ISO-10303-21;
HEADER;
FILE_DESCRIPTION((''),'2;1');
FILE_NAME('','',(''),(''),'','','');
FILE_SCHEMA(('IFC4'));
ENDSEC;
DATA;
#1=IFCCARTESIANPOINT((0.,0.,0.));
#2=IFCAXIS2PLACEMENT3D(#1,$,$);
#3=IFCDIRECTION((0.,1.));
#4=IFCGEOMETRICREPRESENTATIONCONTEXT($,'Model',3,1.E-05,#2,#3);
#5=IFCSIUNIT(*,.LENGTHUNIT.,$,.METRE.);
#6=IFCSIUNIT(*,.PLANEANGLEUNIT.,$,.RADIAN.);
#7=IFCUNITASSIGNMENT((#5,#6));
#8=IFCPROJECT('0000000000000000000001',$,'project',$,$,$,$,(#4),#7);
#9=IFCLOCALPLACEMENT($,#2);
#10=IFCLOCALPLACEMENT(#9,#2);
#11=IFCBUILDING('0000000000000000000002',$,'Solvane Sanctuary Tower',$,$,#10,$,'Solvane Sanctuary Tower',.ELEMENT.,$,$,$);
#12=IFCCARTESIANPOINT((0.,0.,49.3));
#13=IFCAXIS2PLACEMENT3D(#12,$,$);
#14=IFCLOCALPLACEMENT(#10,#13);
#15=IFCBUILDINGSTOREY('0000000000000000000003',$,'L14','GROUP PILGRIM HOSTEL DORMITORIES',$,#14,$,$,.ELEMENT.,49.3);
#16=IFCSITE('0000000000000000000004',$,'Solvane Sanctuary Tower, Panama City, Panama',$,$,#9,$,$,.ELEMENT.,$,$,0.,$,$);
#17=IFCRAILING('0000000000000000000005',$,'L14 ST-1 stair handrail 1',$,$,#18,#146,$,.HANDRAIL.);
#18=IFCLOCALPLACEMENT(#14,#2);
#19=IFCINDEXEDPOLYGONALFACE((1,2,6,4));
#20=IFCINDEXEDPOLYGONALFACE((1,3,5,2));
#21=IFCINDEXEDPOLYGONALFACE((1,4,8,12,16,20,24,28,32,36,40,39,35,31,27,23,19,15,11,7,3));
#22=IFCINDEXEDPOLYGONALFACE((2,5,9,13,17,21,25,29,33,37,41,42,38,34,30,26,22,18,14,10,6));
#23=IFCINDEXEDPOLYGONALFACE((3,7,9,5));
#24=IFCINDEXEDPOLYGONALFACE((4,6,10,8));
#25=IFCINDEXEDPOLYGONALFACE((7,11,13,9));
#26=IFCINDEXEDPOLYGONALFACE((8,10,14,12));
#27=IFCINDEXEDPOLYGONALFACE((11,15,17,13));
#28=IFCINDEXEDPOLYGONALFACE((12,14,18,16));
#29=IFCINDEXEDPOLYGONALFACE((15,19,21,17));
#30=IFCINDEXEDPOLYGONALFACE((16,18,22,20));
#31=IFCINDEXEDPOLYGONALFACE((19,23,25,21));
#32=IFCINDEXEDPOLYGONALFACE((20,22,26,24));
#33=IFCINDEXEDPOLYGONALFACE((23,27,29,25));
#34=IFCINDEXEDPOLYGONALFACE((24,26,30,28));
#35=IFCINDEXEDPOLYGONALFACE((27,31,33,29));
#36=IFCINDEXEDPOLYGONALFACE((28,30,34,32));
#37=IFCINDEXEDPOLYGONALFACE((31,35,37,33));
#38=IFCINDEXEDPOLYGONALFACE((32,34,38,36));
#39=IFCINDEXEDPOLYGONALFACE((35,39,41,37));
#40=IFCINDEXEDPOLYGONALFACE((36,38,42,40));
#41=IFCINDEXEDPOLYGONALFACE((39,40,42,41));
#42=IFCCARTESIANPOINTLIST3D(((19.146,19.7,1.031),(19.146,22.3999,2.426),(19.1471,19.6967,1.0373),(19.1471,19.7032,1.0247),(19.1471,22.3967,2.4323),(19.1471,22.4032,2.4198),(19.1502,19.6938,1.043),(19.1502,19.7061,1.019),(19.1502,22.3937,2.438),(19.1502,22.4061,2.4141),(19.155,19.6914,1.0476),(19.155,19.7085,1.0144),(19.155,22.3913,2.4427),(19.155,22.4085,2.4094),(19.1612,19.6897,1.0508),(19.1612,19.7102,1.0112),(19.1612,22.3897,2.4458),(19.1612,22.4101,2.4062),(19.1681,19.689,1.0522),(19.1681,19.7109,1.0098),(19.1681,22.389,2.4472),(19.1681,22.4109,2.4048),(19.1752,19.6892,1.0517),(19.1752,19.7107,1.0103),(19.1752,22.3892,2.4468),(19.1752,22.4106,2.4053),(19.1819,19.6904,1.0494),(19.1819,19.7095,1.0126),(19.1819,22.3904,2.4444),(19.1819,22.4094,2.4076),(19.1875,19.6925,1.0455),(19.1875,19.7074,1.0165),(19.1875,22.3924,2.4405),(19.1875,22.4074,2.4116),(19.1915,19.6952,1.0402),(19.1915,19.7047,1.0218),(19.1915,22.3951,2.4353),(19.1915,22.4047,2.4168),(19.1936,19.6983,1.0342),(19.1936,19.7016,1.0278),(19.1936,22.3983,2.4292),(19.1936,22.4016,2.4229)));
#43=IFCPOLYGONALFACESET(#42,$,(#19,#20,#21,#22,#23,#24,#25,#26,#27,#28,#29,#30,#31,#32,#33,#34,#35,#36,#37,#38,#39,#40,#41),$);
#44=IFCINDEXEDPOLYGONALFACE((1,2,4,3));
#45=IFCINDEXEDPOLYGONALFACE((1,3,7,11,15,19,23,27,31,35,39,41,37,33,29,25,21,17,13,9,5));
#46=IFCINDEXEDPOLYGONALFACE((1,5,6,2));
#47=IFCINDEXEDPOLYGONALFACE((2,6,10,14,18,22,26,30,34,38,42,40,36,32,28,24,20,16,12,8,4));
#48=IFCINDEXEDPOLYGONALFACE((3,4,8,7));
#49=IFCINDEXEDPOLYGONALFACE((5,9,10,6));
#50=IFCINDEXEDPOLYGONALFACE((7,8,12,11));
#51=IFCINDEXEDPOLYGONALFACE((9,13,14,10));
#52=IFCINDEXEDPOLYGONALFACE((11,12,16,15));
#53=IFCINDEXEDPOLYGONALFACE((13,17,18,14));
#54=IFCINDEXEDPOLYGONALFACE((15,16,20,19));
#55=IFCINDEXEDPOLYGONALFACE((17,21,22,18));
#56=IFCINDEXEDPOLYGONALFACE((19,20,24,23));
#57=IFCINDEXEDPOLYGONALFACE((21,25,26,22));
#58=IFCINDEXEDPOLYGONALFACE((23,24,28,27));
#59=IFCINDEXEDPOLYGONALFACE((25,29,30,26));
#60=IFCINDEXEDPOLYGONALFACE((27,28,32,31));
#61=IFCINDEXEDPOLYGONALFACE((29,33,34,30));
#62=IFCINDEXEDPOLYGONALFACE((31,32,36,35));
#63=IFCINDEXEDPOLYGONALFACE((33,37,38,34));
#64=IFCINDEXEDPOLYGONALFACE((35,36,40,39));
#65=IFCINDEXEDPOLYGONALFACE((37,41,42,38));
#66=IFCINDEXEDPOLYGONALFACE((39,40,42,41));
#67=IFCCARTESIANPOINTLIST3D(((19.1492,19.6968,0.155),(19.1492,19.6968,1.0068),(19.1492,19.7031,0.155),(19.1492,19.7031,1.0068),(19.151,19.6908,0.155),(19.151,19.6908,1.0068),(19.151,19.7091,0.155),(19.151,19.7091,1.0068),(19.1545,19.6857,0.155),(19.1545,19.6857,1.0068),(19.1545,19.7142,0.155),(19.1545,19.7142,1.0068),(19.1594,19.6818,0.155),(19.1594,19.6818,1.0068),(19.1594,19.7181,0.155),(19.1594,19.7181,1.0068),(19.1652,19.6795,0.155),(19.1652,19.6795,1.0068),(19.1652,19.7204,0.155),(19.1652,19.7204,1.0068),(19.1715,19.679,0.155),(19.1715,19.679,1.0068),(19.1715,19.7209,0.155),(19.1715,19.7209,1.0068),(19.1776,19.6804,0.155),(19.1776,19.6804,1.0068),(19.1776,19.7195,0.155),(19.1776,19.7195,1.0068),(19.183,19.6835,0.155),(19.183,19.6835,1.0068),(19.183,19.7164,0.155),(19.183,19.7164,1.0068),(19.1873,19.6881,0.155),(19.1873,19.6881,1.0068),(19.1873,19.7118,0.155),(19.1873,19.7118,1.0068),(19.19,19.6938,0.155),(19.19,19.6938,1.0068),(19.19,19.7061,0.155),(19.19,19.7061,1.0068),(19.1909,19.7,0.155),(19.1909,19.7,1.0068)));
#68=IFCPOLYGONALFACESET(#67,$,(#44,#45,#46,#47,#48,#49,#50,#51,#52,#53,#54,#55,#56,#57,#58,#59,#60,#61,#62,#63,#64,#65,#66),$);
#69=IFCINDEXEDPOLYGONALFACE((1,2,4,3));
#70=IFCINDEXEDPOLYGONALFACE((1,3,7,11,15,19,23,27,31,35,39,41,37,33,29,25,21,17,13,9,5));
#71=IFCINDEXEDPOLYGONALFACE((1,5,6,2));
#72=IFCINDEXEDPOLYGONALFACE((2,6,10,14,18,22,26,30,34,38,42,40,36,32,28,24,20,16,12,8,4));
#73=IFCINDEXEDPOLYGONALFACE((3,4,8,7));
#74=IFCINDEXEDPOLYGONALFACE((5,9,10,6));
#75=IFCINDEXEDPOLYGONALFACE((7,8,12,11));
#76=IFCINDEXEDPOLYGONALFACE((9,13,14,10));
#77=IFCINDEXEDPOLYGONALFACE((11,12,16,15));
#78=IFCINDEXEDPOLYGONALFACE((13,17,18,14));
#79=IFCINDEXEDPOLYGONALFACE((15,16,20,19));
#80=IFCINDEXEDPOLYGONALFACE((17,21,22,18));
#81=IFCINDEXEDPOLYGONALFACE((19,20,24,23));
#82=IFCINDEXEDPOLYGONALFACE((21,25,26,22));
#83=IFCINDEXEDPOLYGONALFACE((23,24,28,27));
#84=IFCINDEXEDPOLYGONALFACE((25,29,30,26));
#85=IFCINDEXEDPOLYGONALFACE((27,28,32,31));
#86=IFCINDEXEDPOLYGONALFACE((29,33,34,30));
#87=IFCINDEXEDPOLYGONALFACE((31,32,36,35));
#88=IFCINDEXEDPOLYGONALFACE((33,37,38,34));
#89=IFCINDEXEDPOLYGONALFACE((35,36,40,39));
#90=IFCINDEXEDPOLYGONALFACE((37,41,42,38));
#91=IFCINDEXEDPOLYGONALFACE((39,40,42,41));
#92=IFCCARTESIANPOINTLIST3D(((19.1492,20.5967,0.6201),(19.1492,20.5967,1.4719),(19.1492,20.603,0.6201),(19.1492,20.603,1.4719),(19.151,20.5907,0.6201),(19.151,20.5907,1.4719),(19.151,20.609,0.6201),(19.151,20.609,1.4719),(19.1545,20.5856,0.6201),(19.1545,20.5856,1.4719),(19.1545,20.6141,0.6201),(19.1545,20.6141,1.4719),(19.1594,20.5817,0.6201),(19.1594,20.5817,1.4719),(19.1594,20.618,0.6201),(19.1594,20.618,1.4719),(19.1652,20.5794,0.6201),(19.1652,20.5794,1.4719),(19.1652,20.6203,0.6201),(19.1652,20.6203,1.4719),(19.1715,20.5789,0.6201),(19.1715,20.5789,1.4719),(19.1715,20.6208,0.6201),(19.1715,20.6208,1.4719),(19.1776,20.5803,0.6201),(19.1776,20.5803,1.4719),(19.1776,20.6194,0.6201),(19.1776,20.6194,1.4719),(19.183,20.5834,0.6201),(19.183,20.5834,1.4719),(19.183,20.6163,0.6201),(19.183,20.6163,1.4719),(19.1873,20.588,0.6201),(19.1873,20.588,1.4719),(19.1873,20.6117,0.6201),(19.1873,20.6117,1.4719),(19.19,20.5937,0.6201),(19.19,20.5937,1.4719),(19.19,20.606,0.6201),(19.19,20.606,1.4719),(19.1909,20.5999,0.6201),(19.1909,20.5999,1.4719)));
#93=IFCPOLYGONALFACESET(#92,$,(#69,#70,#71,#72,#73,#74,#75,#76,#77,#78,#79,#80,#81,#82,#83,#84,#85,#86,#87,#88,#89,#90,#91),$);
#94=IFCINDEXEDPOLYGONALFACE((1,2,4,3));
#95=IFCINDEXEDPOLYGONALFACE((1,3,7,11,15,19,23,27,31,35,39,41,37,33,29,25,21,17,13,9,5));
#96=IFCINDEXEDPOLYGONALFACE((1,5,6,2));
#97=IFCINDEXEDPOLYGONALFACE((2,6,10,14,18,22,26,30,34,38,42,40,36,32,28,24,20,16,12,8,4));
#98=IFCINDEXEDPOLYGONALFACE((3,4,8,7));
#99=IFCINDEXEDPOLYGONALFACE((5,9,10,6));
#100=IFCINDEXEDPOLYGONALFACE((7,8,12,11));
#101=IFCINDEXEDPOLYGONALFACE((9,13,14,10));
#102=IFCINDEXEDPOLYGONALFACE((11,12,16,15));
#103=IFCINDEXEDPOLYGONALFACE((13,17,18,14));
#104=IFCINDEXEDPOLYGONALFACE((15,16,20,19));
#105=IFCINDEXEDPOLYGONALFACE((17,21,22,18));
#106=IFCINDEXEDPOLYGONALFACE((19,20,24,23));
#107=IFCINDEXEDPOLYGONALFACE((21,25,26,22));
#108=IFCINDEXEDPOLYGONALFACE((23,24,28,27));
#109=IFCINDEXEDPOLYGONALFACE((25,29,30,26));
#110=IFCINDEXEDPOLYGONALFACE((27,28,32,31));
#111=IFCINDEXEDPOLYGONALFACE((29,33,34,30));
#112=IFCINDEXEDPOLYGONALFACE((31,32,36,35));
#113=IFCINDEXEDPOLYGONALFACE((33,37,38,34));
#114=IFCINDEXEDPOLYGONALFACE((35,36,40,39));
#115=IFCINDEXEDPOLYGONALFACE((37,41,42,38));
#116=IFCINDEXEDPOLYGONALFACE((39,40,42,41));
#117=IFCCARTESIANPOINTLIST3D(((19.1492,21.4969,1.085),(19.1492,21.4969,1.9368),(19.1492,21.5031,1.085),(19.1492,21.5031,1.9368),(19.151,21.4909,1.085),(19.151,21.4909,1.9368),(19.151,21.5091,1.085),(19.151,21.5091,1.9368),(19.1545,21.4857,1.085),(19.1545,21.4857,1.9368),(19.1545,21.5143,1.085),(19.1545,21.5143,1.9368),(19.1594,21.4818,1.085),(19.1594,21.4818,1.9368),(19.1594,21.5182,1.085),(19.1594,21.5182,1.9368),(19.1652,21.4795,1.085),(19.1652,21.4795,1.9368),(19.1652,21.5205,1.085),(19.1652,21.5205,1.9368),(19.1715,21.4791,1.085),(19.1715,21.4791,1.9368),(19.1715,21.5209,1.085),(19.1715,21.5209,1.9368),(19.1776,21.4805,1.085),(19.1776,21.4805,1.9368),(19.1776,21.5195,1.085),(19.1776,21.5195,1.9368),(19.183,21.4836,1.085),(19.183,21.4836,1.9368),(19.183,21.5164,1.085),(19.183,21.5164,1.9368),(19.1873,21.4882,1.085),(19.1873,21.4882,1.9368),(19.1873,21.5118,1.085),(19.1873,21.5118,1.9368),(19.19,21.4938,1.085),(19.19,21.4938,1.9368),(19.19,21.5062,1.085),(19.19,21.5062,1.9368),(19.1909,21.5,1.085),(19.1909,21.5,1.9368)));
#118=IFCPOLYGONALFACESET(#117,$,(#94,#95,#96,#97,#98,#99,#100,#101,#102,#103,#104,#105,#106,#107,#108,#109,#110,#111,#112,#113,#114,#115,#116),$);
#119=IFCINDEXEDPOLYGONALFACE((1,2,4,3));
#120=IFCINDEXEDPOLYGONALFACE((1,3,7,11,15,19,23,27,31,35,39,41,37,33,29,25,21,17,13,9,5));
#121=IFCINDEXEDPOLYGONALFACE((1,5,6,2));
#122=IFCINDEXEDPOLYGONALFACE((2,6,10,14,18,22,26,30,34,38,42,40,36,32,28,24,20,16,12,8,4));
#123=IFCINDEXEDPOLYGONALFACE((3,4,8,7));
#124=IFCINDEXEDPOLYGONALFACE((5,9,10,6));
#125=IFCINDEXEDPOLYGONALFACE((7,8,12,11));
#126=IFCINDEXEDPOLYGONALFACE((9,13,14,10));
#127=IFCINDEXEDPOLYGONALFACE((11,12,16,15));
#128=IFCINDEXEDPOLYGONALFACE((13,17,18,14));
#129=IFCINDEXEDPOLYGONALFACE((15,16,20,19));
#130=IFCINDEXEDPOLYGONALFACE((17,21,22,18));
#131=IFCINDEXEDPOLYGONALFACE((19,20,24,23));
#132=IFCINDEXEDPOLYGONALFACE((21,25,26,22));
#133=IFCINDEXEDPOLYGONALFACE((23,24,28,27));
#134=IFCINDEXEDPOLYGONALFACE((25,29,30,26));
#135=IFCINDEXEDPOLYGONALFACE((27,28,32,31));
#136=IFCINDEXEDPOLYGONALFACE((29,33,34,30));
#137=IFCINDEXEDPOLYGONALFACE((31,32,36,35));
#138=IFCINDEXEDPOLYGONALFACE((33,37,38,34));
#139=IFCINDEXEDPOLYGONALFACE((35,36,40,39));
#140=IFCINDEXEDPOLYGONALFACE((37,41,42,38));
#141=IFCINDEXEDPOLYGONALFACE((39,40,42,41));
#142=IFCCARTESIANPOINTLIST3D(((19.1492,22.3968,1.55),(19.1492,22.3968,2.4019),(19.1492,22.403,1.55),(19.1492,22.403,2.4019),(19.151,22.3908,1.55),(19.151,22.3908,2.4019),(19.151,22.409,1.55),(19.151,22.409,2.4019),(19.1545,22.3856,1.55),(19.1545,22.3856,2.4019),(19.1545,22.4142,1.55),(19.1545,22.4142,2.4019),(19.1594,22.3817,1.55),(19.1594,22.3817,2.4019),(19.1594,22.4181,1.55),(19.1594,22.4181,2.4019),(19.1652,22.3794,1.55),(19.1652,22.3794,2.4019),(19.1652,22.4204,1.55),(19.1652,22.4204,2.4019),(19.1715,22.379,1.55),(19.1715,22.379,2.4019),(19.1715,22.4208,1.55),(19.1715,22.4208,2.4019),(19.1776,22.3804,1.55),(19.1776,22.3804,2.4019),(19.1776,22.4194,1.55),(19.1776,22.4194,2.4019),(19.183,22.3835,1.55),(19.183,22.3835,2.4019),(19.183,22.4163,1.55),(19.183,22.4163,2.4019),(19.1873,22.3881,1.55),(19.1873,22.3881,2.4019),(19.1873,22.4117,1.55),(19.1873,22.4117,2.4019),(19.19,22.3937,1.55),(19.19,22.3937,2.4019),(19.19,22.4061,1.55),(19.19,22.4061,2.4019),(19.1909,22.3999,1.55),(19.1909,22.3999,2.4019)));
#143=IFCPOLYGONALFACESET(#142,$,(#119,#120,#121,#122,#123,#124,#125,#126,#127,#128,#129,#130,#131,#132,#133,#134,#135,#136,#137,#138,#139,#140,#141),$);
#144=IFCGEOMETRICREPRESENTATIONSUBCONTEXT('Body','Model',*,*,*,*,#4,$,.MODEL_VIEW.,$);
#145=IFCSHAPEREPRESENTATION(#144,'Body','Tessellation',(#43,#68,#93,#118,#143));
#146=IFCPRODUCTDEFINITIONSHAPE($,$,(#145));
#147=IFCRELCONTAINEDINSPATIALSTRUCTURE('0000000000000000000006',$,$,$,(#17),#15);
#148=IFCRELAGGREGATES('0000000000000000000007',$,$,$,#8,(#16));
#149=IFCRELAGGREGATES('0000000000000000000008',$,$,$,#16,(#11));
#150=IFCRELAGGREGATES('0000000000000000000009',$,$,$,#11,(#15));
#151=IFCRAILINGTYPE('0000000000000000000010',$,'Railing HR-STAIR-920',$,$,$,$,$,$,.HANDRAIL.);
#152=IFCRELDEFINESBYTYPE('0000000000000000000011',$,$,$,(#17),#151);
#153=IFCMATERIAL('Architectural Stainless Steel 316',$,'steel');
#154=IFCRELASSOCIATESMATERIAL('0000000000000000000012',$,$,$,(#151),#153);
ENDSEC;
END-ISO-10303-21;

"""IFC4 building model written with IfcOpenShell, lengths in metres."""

from ifc_helpers import new_model, si_unit, direction, frame, origin, origin_2d, place, context, subcontext, project, spatial, circle, extrude, material, type_object, element, save


model = new_model("IFC4")

# Units and contexts
model_context = context("Model", 3, precision=1e-05, world=origin(), true_north=direction((0.0, 1.0)))
body_context = subcontext(model_context, "Body", "Model", "MODEL_VIEW")
ifc_project = project(units=[si_unit("LENGTHUNIT", "METRE"), si_unit("PLANEANGLEUNIT", "RADIAN")], contexts=[model_context])

# Site, building, storey
site_placement = place(None, origin())
site = spatial("IfcSite", under=ifc_project, at=site_placement, Name="Solvane Sanctuary Tower, Panama City, Panama", CompositionType="ELEMENT", RefElevation=0.0)
building_placement = place(site_placement, origin())
building = spatial("IfcBuilding", under=site, at=building_placement, Name="Solvane Sanctuary Tower", LongName="Solvane Sanctuary Tower", CompositionType="ELEMENT")
storey_placement = place(building_placement, frame((0.0, 0.0, 49.3)))
storey = spatial("IfcBuildingStorey", under=building, at=storey_placement, Name="L14", Description="GROUP PILGRIM HOSTEL DORMITORIES", CompositionType="ELEMENT", Elevation=49.3)

# Shared definitions
ifc_material_1 = material(Name="Architectural Stainless Steel 316", Category="steel")

# Railing
railing_type = type_object("IfcRailingType", Name="Railing HR-STAIR-920", PredefinedType="HANDRAIL", material=ifc_material_1)
railing_placement = place(storey_placement, frame((19.1699, 19.7, 0.155)))
element("IfcRailing", 1, at=railing_placement, inside=storey, type_object=railing_type, Name="L14 ST-1 stair handrail 1", PredefinedType="HANDRAIL", context=body_context, shape_type="SweptSolid", body=[
    extrude(circle(Radius=0.0239, at=origin_2d()), frame((0.0, 0.0, 0.876), z_axis=(0.0, 0.88842, 0.459032), x_axis=(-1.0, 0.0, 0.0)), (0.0, 0.0, 1.0), 3.0391),
    extrude(circle(Radius=0.021, at=origin_2d()), origin(), (0.0, 0.0, 1.0), 0.8518),
    extrude(circle(Radius=0.021, at=origin_2d()), frame((0.0, 0.8999, 0.4651)), (0.0, 0.0, 1.0), 0.8518),
    extrude(circle(Radius=0.021, at=origin_2d()), frame((0.0, 1.8, 0.9299)), (0.0, 0.0, 1.0), 0.8518),
    extrude(circle(Radius=0.021, at=origin_2d()), frame((0.0, 2.7, 1.395)), (0.0, 0.0, 1.0), 0.8518),
])

save(model, "model.ifc")
